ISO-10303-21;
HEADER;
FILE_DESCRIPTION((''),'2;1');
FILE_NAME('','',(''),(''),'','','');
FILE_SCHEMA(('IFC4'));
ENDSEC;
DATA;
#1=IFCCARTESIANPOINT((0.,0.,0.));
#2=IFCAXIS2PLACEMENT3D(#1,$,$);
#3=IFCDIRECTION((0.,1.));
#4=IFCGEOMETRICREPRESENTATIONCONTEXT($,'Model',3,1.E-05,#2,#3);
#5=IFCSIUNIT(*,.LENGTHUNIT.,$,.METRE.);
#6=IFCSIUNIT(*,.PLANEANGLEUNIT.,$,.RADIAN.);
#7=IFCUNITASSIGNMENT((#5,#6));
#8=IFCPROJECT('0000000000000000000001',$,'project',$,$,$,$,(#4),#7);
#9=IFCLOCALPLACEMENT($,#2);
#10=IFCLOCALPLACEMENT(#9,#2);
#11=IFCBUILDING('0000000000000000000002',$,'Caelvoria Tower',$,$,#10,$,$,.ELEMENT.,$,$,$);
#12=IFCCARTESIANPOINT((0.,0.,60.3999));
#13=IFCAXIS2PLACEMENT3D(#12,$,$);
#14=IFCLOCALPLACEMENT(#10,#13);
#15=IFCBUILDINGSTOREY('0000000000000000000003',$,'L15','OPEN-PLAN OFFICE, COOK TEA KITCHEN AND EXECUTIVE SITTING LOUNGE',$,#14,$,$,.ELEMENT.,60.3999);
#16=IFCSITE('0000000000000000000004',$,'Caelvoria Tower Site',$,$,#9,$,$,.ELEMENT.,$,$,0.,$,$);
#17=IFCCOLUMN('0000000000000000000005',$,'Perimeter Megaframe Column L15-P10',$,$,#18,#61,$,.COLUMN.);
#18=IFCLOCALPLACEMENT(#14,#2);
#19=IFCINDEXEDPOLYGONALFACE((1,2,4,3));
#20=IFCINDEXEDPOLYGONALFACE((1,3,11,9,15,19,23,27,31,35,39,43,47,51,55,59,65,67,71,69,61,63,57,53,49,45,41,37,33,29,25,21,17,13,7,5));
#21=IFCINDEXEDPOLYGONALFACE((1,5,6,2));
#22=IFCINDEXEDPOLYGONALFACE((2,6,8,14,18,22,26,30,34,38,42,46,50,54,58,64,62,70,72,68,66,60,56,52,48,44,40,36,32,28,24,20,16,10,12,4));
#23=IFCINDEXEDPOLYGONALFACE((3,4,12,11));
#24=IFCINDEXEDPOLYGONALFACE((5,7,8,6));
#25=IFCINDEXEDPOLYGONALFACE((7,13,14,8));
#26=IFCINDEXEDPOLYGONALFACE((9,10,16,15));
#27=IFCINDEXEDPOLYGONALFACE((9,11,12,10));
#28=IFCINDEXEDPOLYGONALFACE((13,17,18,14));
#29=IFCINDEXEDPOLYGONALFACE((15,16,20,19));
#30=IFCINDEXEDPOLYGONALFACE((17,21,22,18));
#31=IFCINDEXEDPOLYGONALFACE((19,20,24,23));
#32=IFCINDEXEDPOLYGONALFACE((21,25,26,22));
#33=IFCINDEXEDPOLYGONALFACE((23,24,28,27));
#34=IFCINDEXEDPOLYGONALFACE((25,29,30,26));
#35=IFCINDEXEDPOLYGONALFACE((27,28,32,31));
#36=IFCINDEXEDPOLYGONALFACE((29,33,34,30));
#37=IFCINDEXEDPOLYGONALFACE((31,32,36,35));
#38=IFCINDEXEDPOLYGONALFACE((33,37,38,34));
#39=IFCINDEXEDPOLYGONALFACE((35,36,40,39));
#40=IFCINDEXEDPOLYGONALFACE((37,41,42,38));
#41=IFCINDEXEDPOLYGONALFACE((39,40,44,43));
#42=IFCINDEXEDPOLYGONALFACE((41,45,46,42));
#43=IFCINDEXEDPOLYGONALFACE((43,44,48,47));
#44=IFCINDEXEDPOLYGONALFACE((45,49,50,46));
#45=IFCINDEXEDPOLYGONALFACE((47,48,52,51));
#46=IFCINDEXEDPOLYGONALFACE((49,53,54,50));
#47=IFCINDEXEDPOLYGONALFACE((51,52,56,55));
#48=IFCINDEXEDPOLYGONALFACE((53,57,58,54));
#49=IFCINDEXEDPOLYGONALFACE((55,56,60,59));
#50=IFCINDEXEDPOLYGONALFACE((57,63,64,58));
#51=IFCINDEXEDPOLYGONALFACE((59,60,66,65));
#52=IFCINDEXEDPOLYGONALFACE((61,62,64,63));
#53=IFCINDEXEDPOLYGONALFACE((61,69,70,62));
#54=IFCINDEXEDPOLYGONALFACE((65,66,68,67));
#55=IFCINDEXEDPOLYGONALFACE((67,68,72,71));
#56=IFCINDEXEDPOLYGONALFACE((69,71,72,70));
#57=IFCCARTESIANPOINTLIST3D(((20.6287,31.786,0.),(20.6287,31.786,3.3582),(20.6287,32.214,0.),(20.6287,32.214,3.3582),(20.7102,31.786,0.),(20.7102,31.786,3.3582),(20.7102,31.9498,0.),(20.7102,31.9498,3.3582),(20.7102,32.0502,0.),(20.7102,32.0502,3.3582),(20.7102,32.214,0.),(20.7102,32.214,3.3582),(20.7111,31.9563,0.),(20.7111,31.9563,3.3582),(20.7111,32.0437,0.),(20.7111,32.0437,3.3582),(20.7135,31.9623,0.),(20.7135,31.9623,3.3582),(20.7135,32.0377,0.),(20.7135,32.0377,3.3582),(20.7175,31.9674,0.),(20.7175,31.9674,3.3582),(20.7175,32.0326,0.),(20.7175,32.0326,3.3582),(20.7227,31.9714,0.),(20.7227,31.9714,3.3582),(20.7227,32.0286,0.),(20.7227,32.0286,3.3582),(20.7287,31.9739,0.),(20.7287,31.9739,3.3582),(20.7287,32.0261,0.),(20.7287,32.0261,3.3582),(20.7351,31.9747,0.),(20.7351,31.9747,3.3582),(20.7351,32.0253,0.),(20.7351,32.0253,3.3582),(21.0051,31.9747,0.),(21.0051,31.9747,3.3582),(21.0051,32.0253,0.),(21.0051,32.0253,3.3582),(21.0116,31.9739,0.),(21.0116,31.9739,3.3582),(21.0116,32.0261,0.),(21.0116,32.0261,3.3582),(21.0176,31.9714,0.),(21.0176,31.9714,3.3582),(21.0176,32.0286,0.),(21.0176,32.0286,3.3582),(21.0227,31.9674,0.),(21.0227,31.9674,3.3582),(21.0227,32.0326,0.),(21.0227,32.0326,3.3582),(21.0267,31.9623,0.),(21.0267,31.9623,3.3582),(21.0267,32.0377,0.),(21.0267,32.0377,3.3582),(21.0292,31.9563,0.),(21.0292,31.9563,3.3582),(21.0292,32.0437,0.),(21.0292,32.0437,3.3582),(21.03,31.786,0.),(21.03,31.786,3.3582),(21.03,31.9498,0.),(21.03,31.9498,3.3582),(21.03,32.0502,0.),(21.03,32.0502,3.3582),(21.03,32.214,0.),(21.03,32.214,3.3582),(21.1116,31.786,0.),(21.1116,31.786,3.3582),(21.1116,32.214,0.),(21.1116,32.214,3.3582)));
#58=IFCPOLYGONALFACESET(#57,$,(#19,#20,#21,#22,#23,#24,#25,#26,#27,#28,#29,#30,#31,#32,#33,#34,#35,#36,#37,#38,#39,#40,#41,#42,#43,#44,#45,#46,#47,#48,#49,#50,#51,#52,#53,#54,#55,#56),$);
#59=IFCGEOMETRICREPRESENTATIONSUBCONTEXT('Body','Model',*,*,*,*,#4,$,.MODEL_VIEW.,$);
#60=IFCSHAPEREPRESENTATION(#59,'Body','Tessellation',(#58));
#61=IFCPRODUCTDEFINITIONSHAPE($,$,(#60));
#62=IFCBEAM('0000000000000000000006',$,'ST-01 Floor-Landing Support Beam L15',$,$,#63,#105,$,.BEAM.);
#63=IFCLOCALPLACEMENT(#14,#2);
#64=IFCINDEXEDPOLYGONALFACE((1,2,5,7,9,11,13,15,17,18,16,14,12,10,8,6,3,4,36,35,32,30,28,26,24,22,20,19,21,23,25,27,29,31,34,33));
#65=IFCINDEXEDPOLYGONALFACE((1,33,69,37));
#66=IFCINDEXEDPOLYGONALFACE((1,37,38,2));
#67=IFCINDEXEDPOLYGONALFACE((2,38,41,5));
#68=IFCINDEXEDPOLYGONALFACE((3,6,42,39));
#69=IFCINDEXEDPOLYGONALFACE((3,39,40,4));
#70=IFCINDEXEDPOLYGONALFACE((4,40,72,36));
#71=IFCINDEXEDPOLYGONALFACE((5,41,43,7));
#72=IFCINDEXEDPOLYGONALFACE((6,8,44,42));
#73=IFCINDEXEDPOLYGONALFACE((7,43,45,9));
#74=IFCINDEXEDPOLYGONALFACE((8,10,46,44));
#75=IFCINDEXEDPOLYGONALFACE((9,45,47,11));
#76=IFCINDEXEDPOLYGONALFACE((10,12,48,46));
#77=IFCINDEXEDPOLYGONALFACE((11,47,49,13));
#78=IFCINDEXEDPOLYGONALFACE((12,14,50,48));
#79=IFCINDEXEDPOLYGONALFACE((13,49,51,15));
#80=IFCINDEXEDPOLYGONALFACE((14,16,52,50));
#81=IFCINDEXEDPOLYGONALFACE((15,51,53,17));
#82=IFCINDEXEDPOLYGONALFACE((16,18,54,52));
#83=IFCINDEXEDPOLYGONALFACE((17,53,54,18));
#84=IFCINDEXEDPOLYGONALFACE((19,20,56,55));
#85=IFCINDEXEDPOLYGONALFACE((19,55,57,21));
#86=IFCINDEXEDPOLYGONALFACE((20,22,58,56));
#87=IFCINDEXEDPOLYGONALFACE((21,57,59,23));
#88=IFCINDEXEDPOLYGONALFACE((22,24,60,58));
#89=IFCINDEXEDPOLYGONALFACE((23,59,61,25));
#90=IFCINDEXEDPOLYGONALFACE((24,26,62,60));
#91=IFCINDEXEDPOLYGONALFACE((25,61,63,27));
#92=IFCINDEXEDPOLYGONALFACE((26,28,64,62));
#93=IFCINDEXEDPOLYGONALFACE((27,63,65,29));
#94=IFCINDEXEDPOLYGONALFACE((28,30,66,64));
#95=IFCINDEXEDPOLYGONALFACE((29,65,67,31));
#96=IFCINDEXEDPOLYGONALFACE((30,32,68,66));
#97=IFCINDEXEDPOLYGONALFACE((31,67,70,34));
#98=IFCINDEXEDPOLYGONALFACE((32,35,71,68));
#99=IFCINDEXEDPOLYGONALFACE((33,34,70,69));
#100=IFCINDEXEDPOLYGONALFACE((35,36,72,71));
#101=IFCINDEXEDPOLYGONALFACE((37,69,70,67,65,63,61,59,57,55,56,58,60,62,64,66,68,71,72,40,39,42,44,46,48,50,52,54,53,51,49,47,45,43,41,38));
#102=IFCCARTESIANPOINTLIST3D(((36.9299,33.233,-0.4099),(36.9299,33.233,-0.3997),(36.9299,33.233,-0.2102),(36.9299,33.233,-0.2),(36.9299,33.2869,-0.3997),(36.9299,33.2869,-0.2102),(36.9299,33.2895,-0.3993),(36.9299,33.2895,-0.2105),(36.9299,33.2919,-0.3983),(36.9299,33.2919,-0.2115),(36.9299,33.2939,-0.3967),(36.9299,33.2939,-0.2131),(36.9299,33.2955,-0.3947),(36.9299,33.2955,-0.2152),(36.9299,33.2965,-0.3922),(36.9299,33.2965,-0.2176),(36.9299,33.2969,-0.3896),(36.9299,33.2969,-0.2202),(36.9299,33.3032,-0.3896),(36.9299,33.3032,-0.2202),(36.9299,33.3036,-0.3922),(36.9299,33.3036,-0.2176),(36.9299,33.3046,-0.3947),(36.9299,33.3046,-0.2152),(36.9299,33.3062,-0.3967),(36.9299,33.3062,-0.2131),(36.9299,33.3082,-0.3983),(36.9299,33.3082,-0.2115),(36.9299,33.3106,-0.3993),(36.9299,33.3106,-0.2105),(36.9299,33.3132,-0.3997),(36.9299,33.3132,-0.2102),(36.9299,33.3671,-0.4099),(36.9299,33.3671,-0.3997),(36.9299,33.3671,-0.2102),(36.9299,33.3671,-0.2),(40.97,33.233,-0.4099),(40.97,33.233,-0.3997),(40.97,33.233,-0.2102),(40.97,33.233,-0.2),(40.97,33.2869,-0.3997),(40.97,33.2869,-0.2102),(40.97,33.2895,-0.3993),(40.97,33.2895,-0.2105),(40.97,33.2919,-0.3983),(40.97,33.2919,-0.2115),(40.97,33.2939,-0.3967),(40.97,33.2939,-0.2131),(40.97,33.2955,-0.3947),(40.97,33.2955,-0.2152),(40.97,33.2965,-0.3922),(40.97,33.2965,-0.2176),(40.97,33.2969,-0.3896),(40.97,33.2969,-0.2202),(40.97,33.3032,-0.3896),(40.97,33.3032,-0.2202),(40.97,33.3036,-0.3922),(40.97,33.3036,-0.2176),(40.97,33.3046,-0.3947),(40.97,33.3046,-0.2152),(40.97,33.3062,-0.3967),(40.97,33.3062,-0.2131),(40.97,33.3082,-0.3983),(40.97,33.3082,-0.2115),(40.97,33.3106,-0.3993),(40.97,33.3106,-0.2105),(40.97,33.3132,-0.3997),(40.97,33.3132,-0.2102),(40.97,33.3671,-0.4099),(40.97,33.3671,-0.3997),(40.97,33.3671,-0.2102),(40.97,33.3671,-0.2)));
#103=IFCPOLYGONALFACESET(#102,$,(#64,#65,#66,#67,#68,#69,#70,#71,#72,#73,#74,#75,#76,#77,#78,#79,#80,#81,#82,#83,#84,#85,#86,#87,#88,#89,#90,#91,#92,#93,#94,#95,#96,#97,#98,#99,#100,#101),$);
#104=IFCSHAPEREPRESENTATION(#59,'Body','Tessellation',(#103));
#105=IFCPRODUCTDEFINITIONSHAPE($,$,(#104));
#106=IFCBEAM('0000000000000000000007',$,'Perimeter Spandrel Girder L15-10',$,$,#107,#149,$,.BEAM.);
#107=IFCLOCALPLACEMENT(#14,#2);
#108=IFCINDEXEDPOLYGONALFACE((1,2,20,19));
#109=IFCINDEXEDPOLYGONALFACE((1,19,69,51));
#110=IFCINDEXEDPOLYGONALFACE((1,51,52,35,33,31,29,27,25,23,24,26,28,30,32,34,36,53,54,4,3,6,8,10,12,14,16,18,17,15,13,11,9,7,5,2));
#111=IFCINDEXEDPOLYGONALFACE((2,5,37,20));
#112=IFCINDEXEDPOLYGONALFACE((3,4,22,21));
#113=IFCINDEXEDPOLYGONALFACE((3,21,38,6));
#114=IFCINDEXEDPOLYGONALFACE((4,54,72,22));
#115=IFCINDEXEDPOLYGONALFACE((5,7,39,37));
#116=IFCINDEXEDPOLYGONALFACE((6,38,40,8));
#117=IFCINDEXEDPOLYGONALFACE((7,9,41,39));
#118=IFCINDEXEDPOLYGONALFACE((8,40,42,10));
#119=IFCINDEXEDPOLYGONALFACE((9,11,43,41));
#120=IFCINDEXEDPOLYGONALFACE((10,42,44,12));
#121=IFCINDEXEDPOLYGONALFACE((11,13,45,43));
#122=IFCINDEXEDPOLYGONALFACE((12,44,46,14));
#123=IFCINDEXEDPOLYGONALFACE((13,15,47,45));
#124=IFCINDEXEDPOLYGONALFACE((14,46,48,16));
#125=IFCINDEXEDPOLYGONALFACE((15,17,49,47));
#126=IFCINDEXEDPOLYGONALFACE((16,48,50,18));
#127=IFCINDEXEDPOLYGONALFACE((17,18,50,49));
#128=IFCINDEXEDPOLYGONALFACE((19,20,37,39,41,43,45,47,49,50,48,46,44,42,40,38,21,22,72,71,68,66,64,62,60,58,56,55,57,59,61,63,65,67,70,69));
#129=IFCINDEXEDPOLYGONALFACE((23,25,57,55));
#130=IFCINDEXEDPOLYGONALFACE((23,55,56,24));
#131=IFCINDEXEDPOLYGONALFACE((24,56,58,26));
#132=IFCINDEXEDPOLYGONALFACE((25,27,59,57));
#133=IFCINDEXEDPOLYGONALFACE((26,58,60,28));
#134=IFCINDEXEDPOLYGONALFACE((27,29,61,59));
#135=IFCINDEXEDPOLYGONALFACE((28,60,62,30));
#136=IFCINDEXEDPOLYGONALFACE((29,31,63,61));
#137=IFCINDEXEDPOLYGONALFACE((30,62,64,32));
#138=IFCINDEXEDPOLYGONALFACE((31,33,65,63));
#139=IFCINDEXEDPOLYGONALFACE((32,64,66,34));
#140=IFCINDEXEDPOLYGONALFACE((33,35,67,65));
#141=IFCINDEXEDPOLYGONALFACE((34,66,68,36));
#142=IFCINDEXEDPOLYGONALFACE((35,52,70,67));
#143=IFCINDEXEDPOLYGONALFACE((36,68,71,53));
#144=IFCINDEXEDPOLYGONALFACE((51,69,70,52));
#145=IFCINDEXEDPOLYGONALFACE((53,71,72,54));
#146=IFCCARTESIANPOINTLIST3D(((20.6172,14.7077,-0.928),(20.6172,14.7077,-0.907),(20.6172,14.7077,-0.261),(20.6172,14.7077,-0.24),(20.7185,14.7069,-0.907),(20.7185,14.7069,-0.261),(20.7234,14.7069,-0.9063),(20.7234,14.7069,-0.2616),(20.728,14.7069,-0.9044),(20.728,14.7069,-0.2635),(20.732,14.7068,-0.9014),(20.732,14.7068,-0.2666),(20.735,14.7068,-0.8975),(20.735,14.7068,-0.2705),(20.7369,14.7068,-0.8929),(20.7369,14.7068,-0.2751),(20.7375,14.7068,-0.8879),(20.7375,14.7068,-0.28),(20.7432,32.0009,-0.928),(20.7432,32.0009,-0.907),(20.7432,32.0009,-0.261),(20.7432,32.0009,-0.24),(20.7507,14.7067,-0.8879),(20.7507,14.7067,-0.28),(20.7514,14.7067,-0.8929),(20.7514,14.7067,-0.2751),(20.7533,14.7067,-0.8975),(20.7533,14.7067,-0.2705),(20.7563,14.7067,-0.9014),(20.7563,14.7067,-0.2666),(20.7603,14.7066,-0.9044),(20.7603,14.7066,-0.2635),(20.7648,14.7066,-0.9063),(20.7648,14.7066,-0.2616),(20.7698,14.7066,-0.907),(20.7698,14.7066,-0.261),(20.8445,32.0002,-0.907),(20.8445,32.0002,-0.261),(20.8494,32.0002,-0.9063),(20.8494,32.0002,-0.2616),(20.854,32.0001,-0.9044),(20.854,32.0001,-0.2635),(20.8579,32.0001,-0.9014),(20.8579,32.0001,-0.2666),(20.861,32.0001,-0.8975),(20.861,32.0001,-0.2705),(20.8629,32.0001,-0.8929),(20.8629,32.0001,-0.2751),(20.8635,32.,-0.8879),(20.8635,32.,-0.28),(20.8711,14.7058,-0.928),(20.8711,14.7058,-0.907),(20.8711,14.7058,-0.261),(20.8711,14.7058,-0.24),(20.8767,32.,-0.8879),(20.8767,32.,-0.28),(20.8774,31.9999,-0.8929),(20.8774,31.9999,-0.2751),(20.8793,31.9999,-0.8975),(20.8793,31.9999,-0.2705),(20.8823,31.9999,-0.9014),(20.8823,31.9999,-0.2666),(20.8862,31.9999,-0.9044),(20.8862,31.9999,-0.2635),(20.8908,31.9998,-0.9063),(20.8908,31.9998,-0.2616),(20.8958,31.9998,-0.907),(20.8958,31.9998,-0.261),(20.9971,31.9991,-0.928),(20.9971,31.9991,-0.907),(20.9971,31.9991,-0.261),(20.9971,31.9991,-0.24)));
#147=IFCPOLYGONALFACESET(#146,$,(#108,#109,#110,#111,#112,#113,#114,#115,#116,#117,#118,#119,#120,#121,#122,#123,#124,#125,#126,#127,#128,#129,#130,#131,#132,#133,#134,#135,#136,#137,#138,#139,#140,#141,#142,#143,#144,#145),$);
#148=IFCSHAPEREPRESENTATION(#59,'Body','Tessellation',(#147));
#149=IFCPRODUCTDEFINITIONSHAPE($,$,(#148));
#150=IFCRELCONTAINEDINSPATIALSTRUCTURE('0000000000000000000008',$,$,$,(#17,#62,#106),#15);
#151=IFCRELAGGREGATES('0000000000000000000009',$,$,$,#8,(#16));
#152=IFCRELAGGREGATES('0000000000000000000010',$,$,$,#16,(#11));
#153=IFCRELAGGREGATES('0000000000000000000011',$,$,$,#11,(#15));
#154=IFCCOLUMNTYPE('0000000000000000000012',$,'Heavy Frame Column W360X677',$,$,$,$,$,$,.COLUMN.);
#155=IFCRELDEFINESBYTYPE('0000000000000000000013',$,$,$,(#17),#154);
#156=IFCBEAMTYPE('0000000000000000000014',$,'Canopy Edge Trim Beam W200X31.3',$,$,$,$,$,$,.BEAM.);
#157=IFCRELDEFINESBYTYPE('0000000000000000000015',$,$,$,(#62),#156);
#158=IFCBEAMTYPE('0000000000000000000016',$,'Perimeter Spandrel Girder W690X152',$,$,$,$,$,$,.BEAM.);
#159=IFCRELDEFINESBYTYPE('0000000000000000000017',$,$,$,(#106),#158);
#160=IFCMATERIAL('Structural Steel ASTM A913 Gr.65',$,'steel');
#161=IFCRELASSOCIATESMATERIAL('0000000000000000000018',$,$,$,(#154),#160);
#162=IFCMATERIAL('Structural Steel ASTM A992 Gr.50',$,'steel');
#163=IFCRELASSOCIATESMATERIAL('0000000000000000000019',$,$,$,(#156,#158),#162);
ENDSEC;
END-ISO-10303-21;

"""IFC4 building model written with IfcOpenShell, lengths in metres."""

from ifc_helpers import new_model, si_unit, direction, frame, origin, origin_2d, place, context, subcontext, project, spatial, i_section, extrude, material, material_profile, profile_set, type_object, element, save


model = new_model("IFC4")

# Units and contexts
model_context = context("Model", 3, precision=1e-05, world=origin(), true_north=direction((0.0, 1.0)))
body_context = subcontext(model_context, "Body", "Model", "MODEL_VIEW")
ifc_project = project(units=[si_unit("LENGTHUNIT", "METRE"), si_unit("PLANEANGLEUNIT", "RADIAN")], contexts=[model_context])

# Site, building, storey
site_placement = place(None, origin())
site = spatial("IfcSite", under=ifc_project, at=site_placement, Name="Caelvoria Tower Site", CompositionType="ELEMENT", RefElevation=0.0)
building_placement = place(site_placement, origin())
building = spatial("IfcBuilding", under=site, at=building_placement, Name="Caelvoria Tower", CompositionType="ELEMENT")
storey_placement = place(building_placement, frame((0.0, 0.0, 60.3999)))
storey = spatial("IfcBuildingStorey", under=building, at=storey_placement, Name="L15", Description="OPEN-PLAN OFFICE, COOK TEA KITCHEN AND EXECUTIVE SITTING LOUNGE", CompositionType="ELEMENT", Elevation=60.3999)

# Column
ifc_material_1 = material(Name="Structural Steel ASTM A913 Gr.65", Category="steel")
ifc_material_profile_1 = material_profile(ifc_material_1, i_section(OverallWidth=0.428, OverallDepth=0.4829, WebThickness=0.0505, FlangeThickness=0.0815, FilletRadius=0.0249, at=origin_2d()), Name="Structural Steel ASTM A913 Gr.65")
ifc_profile_set_1 = profile_set([ifc_material_profile_1], Name="W360X677 - Structural Steel ASTM A913 Gr.65")
column_type = type_object("IfcColumnType", Name="Heavy Frame Column W360X677", PredefinedType="COLUMN", material=ifc_profile_set_1)
column_placement = place(storey_placement, frame((20.8701, 32.0, 0.0), z_axis=(0.0, 0.0, 1.0), x_axis=(0.0, 1.0, 0.0)))
element("IfcColumn", 1, at=column_placement, inside=storey, type_object=column_type, Name="Perimeter Megaframe Column L15-P10", PredefinedType="COLUMN", context=body_context, shape_type="SweptSolid", body=[
    extrude(i_section(OverallWidth=0.428, OverallDepth=0.4829, WebThickness=0.0505, FlangeThickness=0.0815, FilletRadius=0.0249, at=origin_2d()), origin(), (0.0, 0.0, 1.0), 3.3582),
])

# Beams
ifc_material_2 = material(Name="Structural Steel ASTM A992 Gr.50", Category="steel")
ifc_material_profile_2 = material_profile(ifc_material_2, i_section(OverallWidth=0.134, OverallDepth=0.21, WebThickness=0.0063, FlangeThickness=0.0103, FilletRadius=0.01, at=origin_2d()), Name="Structural Steel ASTM A992 Gr.50")
ifc_profile_set_2 = profile_set([ifc_material_profile_2], Name="W200X31.3 - Structural Steel ASTM A992 Gr.50")
beam_type_1 = type_object("IfcBeamType", Name="Canopy Edge Trim Beam W200X31.3", PredefinedType="BEAM", material=ifc_profile_set_2)
beam_1_placement = place(storey_placement, frame((36.9299, 33.3, -0.3049), z_axis=(1.0, 0.0, 0.0), x_axis=(0.0, 1.0, 0.0)))
element("IfcBeam", 2, at=beam_1_placement, inside=storey, type_object=beam_type_1, Name="ST-01 Floor-Landing Support Beam L15", PredefinedType="BEAM", context=body_context, shape_type="SweptSolid", body=[
    extrude(i_section(OverallWidth=0.134, OverallDepth=0.21, WebThickness=0.0063, FlangeThickness=0.0103, FilletRadius=0.01, at=origin_2d()), origin(), (0.0, 0.0, 1.0), 4.04),
])
ifc_material_profile_3 = material_profile(ifc_material_2, i_section(OverallWidth=0.2539, OverallDepth=0.688, WebThickness=0.0132, FlangeThickness=0.021, FilletRadius=0.019, at=origin_2d()), Name="Structural Steel ASTM A992 Gr.50")
ifc_profile_set_3 = profile_set([ifc_material_profile_3], Name="W690X152 - Structural Steel ASTM A992 Gr.50")
beam_type_2 = type_object("IfcBeamType", Name="Perimeter Spandrel Girder W690X152", PredefinedType="BEAM", material=ifc_profile_set_3)
beam_2_placement = place(storey_placement, frame((20.8701, 32.0, -0.584), z_axis=(-0.007285, -0.999973, 0.0), x_axis=(0.999973, -0.007285, 0.0)))
element("IfcBeam", 3, at=beam_2_placement, inside=storey, type_object=beam_type_2, Name="Perimeter Spandrel Girder L15-10", PredefinedType="BEAM", context=body_context, shape_type="SweptSolid", body=[
    extrude(i_section(OverallWidth=0.2539, OverallDepth=0.688, WebThickness=0.0132, FlangeThickness=0.021, FilletRadius=0.019, at=origin_2d()), origin(), (0.0, 0.0, 1.0), 17.2937),
])

save(model, "model.ifc")
